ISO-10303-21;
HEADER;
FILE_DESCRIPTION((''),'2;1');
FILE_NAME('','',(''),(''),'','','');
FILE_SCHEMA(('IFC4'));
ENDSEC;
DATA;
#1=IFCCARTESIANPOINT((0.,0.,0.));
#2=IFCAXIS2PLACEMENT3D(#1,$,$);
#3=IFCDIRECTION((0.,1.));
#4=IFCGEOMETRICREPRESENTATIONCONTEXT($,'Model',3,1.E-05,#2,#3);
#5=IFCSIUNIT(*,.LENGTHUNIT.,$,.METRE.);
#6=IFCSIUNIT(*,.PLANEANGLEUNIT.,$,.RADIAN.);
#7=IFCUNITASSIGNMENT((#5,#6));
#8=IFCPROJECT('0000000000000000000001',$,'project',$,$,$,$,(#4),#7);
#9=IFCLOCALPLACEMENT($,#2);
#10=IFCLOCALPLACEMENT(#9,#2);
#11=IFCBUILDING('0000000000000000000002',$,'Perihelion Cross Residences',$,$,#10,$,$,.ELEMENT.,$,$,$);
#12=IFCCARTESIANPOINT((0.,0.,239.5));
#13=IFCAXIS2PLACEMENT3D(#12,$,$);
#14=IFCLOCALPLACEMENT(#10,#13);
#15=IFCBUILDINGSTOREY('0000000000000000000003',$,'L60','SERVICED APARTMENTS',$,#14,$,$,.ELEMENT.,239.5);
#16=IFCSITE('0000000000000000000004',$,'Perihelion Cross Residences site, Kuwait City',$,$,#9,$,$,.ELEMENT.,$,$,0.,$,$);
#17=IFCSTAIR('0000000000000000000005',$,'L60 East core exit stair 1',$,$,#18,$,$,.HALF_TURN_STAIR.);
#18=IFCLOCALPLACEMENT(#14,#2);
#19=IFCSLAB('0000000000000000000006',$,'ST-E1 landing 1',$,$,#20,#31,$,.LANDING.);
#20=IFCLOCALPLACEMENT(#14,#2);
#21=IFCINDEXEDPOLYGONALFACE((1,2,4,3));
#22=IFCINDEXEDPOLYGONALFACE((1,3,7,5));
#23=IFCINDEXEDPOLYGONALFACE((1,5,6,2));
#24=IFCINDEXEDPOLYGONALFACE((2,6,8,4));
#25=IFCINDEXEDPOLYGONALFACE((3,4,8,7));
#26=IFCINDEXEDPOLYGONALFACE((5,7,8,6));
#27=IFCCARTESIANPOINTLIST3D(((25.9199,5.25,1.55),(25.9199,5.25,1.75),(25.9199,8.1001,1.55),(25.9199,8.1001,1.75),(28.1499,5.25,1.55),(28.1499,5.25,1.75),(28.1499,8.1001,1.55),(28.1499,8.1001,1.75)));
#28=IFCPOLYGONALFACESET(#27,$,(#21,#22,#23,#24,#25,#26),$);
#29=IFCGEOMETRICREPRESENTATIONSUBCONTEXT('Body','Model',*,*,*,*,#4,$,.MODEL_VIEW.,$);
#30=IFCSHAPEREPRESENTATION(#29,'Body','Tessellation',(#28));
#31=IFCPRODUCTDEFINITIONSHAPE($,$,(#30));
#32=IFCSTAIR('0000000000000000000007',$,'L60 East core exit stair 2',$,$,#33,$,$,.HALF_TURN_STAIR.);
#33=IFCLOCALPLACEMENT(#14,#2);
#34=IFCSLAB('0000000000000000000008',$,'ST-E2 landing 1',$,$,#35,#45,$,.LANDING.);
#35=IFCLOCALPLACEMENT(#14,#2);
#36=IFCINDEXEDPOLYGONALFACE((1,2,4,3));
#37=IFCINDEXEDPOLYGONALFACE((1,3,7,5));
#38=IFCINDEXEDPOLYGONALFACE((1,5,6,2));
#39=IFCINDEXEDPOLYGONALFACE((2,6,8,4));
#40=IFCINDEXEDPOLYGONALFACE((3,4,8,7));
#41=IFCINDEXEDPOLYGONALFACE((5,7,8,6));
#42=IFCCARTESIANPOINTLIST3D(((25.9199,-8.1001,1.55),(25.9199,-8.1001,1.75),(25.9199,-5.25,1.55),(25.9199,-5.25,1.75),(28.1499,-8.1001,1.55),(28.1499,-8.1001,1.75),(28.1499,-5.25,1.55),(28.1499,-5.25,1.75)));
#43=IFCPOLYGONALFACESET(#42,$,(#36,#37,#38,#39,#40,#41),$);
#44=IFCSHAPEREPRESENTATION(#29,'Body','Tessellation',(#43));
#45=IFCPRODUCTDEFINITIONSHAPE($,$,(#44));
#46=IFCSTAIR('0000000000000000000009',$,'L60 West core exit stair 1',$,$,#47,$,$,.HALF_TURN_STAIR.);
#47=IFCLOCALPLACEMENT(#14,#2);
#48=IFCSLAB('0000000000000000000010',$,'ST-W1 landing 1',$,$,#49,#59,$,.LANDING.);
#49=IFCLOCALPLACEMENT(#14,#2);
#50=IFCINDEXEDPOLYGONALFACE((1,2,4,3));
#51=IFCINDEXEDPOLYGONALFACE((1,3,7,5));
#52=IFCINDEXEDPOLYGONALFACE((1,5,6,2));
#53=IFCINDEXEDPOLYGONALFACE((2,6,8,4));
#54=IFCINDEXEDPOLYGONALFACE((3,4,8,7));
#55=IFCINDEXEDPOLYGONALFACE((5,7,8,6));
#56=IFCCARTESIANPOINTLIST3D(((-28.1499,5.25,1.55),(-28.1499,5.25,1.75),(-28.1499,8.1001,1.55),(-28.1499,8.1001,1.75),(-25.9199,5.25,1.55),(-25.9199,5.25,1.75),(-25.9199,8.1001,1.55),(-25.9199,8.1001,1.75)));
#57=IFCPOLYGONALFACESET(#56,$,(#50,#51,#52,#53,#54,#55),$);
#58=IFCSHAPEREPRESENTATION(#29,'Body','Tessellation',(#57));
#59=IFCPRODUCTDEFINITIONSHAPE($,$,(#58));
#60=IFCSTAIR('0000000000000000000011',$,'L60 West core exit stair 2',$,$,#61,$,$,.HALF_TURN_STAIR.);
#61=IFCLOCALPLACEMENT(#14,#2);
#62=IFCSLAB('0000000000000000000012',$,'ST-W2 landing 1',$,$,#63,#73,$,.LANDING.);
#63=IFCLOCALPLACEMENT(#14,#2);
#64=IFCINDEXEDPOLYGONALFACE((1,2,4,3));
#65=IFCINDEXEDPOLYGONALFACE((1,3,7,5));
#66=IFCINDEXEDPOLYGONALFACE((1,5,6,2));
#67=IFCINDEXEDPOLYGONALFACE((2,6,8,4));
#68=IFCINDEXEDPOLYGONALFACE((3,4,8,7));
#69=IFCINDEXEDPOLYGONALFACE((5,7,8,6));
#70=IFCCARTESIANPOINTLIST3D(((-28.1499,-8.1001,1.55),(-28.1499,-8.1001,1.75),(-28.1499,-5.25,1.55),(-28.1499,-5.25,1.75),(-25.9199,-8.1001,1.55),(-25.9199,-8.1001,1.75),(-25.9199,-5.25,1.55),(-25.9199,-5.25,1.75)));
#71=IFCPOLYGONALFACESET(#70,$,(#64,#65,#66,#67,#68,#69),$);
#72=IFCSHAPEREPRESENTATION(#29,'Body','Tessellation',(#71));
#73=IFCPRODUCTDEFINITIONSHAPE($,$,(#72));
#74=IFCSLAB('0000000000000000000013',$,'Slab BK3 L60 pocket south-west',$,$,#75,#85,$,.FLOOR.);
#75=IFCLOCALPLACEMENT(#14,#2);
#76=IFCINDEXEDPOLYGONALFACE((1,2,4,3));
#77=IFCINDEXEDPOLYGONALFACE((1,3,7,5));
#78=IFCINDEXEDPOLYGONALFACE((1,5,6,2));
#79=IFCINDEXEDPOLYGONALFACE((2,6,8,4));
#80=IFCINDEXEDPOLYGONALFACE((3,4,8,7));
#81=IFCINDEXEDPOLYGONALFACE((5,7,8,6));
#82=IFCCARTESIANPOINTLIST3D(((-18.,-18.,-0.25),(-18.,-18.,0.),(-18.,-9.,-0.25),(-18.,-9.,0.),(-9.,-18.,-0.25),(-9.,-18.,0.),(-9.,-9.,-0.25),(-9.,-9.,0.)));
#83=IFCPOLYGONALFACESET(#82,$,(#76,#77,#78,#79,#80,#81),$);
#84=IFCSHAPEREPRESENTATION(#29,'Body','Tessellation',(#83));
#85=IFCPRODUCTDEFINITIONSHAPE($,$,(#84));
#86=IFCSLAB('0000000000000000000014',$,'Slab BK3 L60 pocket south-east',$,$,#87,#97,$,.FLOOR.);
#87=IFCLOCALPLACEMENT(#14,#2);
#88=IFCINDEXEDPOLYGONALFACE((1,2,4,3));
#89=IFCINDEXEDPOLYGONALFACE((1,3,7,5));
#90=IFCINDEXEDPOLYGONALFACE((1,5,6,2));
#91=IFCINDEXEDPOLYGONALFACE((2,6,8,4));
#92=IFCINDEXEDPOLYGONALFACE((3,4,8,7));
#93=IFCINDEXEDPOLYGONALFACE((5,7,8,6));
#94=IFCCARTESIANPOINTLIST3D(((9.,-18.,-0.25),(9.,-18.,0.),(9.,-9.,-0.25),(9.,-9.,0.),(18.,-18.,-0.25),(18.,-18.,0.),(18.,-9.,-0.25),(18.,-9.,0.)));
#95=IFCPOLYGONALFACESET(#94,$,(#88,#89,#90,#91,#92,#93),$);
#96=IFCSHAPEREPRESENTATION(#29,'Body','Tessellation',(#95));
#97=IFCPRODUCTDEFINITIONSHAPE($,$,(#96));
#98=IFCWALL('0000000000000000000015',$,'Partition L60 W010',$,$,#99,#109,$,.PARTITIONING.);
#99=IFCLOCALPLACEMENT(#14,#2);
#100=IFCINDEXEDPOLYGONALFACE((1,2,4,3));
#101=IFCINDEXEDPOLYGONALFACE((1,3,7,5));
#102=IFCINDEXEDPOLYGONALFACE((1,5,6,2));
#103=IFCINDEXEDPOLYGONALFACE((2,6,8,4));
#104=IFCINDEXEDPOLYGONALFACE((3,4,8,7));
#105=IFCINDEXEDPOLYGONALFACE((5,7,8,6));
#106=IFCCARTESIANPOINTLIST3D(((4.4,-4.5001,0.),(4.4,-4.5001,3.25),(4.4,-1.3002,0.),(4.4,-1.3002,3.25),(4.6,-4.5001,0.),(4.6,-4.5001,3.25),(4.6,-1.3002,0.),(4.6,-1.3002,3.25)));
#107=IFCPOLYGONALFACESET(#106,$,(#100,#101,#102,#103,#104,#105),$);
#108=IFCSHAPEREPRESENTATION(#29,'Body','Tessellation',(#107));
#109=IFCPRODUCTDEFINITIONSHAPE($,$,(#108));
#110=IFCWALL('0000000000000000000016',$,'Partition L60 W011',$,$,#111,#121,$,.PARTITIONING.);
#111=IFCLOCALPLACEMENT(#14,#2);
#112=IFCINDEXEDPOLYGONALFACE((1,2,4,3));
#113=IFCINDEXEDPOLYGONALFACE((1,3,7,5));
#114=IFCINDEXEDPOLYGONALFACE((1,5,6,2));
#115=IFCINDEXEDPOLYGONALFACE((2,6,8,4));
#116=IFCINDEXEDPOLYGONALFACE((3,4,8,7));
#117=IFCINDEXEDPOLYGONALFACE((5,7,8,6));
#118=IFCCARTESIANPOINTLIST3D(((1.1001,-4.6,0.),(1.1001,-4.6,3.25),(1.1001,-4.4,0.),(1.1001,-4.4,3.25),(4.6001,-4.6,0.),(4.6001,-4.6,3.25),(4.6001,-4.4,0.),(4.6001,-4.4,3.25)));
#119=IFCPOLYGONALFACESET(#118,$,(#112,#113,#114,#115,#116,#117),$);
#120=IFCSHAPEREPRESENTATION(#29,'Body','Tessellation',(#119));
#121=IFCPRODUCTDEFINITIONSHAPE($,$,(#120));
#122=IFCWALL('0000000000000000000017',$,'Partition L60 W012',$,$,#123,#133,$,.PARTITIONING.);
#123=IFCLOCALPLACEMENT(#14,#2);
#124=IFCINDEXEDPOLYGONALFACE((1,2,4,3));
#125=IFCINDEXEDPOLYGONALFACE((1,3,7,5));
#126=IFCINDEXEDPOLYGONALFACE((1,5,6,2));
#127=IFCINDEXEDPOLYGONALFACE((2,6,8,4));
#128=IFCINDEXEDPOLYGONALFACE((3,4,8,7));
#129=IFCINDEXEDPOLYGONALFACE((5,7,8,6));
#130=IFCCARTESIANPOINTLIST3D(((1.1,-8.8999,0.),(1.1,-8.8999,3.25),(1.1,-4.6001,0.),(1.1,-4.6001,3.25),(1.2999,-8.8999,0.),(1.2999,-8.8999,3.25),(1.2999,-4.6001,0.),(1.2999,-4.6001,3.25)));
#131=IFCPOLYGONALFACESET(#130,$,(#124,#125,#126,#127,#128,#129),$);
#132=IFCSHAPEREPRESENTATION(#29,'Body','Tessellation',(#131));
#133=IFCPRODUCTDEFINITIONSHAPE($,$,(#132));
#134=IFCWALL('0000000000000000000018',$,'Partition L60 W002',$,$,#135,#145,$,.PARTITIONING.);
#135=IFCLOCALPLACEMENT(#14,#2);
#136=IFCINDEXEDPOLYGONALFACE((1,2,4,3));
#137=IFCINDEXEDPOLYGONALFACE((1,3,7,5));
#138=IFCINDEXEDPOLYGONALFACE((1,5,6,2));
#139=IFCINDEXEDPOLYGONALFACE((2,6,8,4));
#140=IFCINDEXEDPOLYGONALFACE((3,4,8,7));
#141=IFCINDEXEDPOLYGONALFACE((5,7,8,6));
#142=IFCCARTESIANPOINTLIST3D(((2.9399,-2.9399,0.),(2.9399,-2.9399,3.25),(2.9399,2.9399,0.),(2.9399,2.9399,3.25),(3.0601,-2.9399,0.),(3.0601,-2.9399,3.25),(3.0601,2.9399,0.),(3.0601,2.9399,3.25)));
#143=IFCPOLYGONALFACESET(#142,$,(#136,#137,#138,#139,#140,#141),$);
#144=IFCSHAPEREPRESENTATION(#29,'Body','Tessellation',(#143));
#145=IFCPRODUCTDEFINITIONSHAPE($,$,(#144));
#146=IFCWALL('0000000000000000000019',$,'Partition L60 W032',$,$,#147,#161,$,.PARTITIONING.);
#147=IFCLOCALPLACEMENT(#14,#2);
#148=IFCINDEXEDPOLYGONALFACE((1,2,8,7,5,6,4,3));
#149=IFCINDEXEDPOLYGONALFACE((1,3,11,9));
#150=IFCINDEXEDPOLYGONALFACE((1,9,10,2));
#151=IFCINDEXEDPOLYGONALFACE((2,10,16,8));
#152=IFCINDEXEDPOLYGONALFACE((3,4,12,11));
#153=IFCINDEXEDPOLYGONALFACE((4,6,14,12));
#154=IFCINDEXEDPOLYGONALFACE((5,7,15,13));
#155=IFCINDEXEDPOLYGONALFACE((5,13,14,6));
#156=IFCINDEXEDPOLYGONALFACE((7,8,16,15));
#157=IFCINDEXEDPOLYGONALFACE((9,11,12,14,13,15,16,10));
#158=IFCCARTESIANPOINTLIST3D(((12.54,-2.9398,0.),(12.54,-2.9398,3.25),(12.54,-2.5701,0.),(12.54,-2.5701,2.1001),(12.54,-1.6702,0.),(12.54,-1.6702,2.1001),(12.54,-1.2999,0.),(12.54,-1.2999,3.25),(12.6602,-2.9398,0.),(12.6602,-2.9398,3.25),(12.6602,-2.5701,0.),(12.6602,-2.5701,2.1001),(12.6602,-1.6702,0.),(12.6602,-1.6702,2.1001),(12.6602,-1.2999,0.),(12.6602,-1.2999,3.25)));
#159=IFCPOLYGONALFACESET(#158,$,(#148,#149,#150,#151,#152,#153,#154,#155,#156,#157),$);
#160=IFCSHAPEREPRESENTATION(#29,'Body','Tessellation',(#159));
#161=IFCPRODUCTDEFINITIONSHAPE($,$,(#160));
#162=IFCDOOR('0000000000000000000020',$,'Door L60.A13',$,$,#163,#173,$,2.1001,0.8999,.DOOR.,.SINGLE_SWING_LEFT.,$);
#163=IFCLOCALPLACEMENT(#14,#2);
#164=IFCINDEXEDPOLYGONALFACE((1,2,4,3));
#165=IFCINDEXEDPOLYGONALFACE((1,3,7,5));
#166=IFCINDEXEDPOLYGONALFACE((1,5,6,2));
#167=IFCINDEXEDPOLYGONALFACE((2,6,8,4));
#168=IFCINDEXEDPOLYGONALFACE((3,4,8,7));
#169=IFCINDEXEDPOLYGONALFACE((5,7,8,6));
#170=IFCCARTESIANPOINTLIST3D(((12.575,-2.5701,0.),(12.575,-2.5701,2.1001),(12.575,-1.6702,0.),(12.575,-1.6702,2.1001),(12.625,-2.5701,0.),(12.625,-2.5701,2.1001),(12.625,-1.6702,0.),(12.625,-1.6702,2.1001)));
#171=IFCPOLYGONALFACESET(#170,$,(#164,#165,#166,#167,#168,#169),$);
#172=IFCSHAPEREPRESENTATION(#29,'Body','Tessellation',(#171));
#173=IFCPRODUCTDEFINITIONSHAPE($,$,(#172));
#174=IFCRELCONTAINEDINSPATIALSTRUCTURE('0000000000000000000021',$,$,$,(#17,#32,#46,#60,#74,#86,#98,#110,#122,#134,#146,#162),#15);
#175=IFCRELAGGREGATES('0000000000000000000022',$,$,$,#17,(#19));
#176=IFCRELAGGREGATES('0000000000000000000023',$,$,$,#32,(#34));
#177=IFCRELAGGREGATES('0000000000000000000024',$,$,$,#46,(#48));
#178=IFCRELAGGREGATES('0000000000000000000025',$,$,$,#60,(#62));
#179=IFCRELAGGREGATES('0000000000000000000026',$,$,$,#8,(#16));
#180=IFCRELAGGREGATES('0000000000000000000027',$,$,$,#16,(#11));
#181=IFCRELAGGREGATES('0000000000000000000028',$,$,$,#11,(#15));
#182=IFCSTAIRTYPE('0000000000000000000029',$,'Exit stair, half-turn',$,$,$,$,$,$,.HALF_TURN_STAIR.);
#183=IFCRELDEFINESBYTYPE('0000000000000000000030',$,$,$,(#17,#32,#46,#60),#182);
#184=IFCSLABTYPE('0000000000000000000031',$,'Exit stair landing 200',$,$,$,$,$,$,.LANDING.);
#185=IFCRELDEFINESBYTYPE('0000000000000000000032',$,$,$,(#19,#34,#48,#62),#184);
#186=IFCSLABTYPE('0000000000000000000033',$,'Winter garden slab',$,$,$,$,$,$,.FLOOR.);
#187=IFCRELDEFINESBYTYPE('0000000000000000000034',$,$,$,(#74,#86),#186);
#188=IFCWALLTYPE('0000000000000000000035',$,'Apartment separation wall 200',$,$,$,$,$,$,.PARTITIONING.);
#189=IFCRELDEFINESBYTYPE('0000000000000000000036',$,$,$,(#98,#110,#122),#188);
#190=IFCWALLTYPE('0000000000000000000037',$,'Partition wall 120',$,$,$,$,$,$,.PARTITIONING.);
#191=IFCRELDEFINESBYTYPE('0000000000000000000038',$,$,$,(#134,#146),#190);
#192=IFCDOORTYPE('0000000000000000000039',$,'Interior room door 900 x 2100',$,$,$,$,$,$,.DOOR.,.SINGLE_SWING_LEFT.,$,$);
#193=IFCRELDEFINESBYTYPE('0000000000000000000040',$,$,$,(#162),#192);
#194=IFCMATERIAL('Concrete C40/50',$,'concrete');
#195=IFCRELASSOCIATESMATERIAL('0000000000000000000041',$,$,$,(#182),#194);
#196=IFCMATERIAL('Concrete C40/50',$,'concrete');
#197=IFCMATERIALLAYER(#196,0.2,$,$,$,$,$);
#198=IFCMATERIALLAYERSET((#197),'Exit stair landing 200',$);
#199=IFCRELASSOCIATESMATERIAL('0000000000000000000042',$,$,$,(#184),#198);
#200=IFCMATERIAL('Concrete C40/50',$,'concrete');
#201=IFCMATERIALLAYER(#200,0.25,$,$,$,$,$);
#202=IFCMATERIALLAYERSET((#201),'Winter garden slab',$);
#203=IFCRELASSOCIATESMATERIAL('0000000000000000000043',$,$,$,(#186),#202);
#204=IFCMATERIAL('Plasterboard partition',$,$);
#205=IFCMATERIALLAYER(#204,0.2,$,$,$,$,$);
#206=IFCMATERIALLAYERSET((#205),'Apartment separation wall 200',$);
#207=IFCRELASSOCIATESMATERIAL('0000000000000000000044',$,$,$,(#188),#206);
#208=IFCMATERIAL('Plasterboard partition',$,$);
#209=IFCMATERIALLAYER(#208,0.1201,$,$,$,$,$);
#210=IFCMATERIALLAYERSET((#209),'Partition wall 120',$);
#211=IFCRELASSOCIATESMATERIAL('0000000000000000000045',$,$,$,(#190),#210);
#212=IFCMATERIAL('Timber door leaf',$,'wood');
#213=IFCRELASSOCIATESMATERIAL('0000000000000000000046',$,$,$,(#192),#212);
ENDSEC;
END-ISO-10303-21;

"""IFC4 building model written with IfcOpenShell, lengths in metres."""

from ifc_helpers import new_model, si_unit, direction, frame, frame_2d, origin, place, context, subcontext, project, spatial, polyline, rectangle, outline, extrude, material, layer, layer_set, type_object, element, fill, aggregate, save


model = new_model("IFC4")

# Units and contexts
model_context = context("Model", 3, precision=1e-05, world=origin(), true_north=direction((0.0, 1.0)))
body_context = subcontext(model_context, "Body", "Model", "MODEL_VIEW")
ifc_project = project(units=[si_unit("LENGTHUNIT", "METRE"), si_unit("PLANEANGLEUNIT", "RADIAN")], contexts=[model_context])

# Site, building, storey
site_placement = place(None, origin())
site = spatial("IfcSite", under=ifc_project, at=site_placement, Name="Perihelion Cross Residences site, Kuwait City", CompositionType="ELEMENT", RefElevation=0.0)
building_placement = place(site_placement, origin())
building = spatial("IfcBuilding", under=site, at=building_placement, Name="Perihelion Cross Residences", CompositionType="ELEMENT")
storey_placement = place(building_placement, frame((0.0, 0.0, 239.5)))
storey = spatial("IfcBuildingStorey", under=building, at=storey_placement, Name="L60", Description="SERVICED APARTMENTS", CompositionType="ELEMENT", Elevation=239.5)

# Stairs, slabs
ifc_material_1 = material(Name="Concrete C40/50", Category="concrete")
stair_type = type_object("IfcStairType", Name="Exit stair, half-turn", PredefinedType="HALF_TURN_STAIR", material=ifc_material_1)
stair_1_placement = place(storey_placement, origin())
stair_1 = element("IfcStair", 1, at=stair_1_placement, inside=storey, type_object=stair_type, Name="L60 East core exit stair 1", PredefinedType="HALF_TURN_STAIR")
ifc_material_2 = material(Name="Concrete C40/50", Category="concrete")
ifc_layer_1 = layer(ifc_material_2, 0.2)
ifc_layer_set_1 = layer_set([ifc_layer_1], Name="Exit stair landing 200")
slab_type_1 = type_object("IfcSlabType", Name="Exit stair landing 200", PredefinedType="LANDING", material=ifc_layer_set_1)
slab_1_placement = place(storey_placement, frame((0.0, 0.0, 1.55)))
slab_1 = element("IfcSlab", 2, at=slab_1_placement, type_object=slab_type_1, Name="ST-E1 landing 1", PredefinedType="LANDING", context=body_context, shape_type="SweptSolid", body=[
    extrude(outline(polyline([(25.9199, 5.25), (28.1499, 5.25), (28.1499, 8.1001), (25.9199, 8.1001), (25.9199, 5.25)])), origin(), (0.0, 0.0, 1.0), 0.2),
])
aggregate(stair_1, [slab_1])
stair_2_placement = place(storey_placement, origin())
stair_2 = element("IfcStair", 3, at=stair_2_placement, inside=storey, type_object=stair_type, Name="L60 East core exit stair 2", PredefinedType="HALF_TURN_STAIR")
slab_2_placement = place(storey_placement, frame((0.0, 0.0, 1.55)))
slab_2 = element("IfcSlab", 4, at=slab_2_placement, type_object=slab_type_1, Name="ST-E2 landing 1", PredefinedType="LANDING", context=body_context, shape_type="SweptSolid", body=[
    extrude(outline(polyline([(25.9199, -8.1001), (28.1499, -8.1001), (28.1499, -5.25), (25.9199, -5.25), (25.9199, -8.1001)])), origin(), (0.0, 0.0, 1.0), 0.2),
])
aggregate(stair_2, [slab_2])
stair_3_placement = place(storey_placement, origin())
stair_3 = element("IfcStair", 5, at=stair_3_placement, inside=storey, type_object=stair_type, Name="L60 West core exit stair 1", PredefinedType="HALF_TURN_STAIR")
slab_3_placement = place(storey_placement, frame((0.0, 0.0, 1.55)))
slab_3 = element("IfcSlab", 6, at=slab_3_placement, type_object=slab_type_1, Name="ST-W1 landing 1", PredefinedType="LANDING", context=body_context, shape_type="SweptSolid", body=[
    extrude(outline(polyline([(-25.9199, 8.1001), (-28.1499, 8.1001), (-28.1499, 5.25), (-25.9199, 5.25), (-25.9199, 8.1001)])), origin(), (0.0, 0.0, 1.0), 0.2),
])
aggregate(stair_3, [slab_3])
stair_4_placement = place(storey_placement, origin())
stair_4 = element("IfcStair", 7, at=stair_4_placement, inside=storey, type_object=stair_type, Name="L60 West core exit stair 2", PredefinedType="HALF_TURN_STAIR")
slab_4_placement = place(storey_placement, frame((0.0, 0.0, 1.55)))
slab_4 = element("IfcSlab", 8, at=slab_4_placement, type_object=slab_type_1, Name="ST-W2 landing 1", PredefinedType="LANDING", context=body_context, shape_type="SweptSolid", body=[
    extrude(outline(polyline([(-25.9199, -5.25), (-28.1499, -5.25), (-28.1499, -8.1001), (-25.9199, -8.1001), (-25.9199, -5.25)])), origin(), (0.0, 0.0, 1.0), 0.2),
])
aggregate(stair_4, [slab_4])

# Slabs
ifc_material_3 = material(Name="Concrete C40/50", Category="concrete")
ifc_layer_2 = layer(ifc_material_3, 0.25)
ifc_layer_set_2 = layer_set([ifc_layer_2], Name="Winter garden slab")
slab_type_2 = type_object("IfcSlabType", Name="Winter garden slab", PredefinedType="FLOOR", material=ifc_layer_set_2)
slab_5_placement = place(storey_placement, frame((0.0, 0.0, -0.25)))
element("IfcSlab", 9, at=slab_5_placement, inside=storey, type_object=slab_type_2, Name="Slab BK3 L60 pocket south-west", PredefinedType="FLOOR", context=body_context, shape_type="SweptSolid", body=[
    extrude(outline(polyline([(-9.0, -18.0), (-9.0, -9.0), (-18.0, -9.0), (-18.0, -18.0), (-9.0, -18.0)])), origin(), (0.0, 0.0, 1.0), 0.25),
])
slab_6_placement = place(storey_placement, frame((0.0, 0.0, -0.25)))
element("IfcSlab", 10, at=slab_6_placement, inside=storey, type_object=slab_type_2, Name="Slab BK3 L60 pocket south-east", PredefinedType="FLOOR", context=body_context, shape_type="SweptSolid", body=[
    extrude(outline(polyline([(18.0, -18.0), (18.0, -9.0), (9.0, -9.0), (9.0, -18.0), (18.0, -18.0)])), origin(), (0.0, 0.0, 1.0), 0.25),
])

# Walls
ifc_material_4 = material(Name="Plasterboard partition")
ifc_layer_3 = layer(ifc_material_4, 0.2)
ifc_layer_set_3 = layer_set([ifc_layer_3], Name="Apartment separation wall 200")
wall_type_1 = type_object("IfcWallType", Name="Apartment separation wall 200", PredefinedType="PARTITIONING", material=ifc_layer_set_3)
wall_1_placement = place(storey_placement, frame((4.5, -1.3, 0.0), z_axis=(0.0, 0.0, 1.0), x_axis=(0.0, -1.0, 0.0)))
element("IfcWall", 11, at=wall_1_placement, inside=storey, type_object=wall_type_1, Name="Partition L60 W010", PredefinedType="PARTITIONING", context=body_context, shape_type="SweptSolid", body=[
    extrude(rectangle(XDim=3.2, YDim=0.2, at=frame_2d((1.6001, 0.0))), origin(), (0.0, 0.0, 1.0), 3.25),
])
wall_2_placement = place(storey_placement, frame((4.6001, -4.5, 0.0), z_axis=(0.0, 0.0, 1.0), x_axis=(-1.0, 0.0, 0.0)))
element("IfcWall", 12, at=wall_2_placement, inside=storey, type_object=wall_type_1, Name="Partition L60 W011", PredefinedType="PARTITIONING", context=body_context, shape_type="SweptSolid", body=[
    extrude(rectangle(XDim=3.5, YDim=0.2, at=frame_2d((1.75, 0.0))), origin(), (0.0, 0.0, 1.0), 3.25),
])
wall_3_placement = place(storey_placement, frame((1.2, -4.6001, 0.0), z_axis=(0.0, 0.0, 1.0), x_axis=(0.0, -1.0, 0.0)))
element("IfcWall", 13, at=wall_3_placement, inside=storey, type_object=wall_type_1, Name="Partition L60 W012", PredefinedType="PARTITIONING", context=body_context, shape_type="SweptSolid", body=[
    extrude(rectangle(XDim=4.2998, YDim=0.2, at=frame_2d((2.1499, 0.0))), origin(), (0.0, 0.0, 1.0), 3.25),
])
ifc_material_5 = material(Name="Plasterboard partition")
ifc_layer_4 = layer(ifc_material_5, 0.1201)
ifc_layer_set_4 = layer_set([ifc_layer_4], Name="Partition wall 120")
wall_type_2 = type_object("IfcWallType", Name="Partition wall 120", PredefinedType="PARTITIONING", material=ifc_layer_set_4)
wall_4_placement = place(storey_placement, frame((3.0, -2.9399, 0.0), z_axis=(0.0, 0.0, 1.0), x_axis=(0.0, 1.0, 0.0)))
element("IfcWall", 14, at=wall_4_placement, inside=storey, type_object=wall_type_2, Name="Partition L60 W002", PredefinedType="PARTITIONING", context=body_context, shape_type="SweptSolid", body=[
    extrude(rectangle(XDim=5.8799, YDim=0.1201, at=frame_2d((2.9399, 0.0))), origin(), (0.0, 0.0, 1.0), 3.25),
])

# Wall, opening, door
wall_5_placement = place(storey_placement, frame((12.6001, -1.3, 0.0), z_axis=(0.0, 0.0, 1.0), x_axis=(0.0, -1.0, 0.0)))
wall_5 = element("IfcWall", 15, at=wall_5_placement, inside=storey, type_object=wall_type_2, Name="Partition L60 W032", PredefinedType="PARTITIONING", context=body_context, shape_type="SweptSolid", body=[
    extrude(rectangle(XDim=1.6399, YDim=0.1201, at=frame_2d((0.8198, 0.0))), origin(), (0.0, 0.0, 1.0), 3.25),
])
opening_1_placement = place(wall_5_placement, frame((0.3701, 0.0, 0.0)))
opening_1 = element("IfcOpeningElement", 16, at=opening_1_placement, cuts=wall_5, PredefinedType="OPENING", context=body_context, shape_type="SweptSolid", body=[
    extrude(rectangle(XDim=0.8999, YDim=2.1001, at=frame_2d((0.45, 1.05))), frame((0.0, 0.0701, 0.0), z_axis=(0.0, -1.0, 0.0), x_axis=(1.0, 0.0, 0.0)), (0.0, 0.0, 1.0), 0.1401),
])
ifc_material_6 = material(Name="Timber door leaf", Category="wood")
door_type_1 = type_object("IfcDoorType", Name="Interior room door 900 x 2100", OperationType="SINGLE_SWING_LEFT", PredefinedType="DOOR", material=ifc_material_6)
door_1_placement = place(opening_1_placement, origin())
door_1 = element("IfcDoor", 17, at=door_1_placement, inside=storey, type_object=door_type_1, Name="Door L60.A13", OperationType="SINGLE_SWING_LEFT", OverallHeight=2.1001, OverallWidth=0.8999, PredefinedType="DOOR", context=body_context, shape_type="SweptSolid", body=[
    extrude(rectangle(XDim=0.8999, YDim=2.1001, at=frame_2d((0.45, 1.05))), frame((0.0, 0.0249, 0.0), z_axis=(0.0, -1.0, 0.0), x_axis=(1.0, 0.0, 0.0)), (0.0, 0.0, 1.0), 0.05),
])
fill(opening_1, door_1)

save(model, "model.ifc")
